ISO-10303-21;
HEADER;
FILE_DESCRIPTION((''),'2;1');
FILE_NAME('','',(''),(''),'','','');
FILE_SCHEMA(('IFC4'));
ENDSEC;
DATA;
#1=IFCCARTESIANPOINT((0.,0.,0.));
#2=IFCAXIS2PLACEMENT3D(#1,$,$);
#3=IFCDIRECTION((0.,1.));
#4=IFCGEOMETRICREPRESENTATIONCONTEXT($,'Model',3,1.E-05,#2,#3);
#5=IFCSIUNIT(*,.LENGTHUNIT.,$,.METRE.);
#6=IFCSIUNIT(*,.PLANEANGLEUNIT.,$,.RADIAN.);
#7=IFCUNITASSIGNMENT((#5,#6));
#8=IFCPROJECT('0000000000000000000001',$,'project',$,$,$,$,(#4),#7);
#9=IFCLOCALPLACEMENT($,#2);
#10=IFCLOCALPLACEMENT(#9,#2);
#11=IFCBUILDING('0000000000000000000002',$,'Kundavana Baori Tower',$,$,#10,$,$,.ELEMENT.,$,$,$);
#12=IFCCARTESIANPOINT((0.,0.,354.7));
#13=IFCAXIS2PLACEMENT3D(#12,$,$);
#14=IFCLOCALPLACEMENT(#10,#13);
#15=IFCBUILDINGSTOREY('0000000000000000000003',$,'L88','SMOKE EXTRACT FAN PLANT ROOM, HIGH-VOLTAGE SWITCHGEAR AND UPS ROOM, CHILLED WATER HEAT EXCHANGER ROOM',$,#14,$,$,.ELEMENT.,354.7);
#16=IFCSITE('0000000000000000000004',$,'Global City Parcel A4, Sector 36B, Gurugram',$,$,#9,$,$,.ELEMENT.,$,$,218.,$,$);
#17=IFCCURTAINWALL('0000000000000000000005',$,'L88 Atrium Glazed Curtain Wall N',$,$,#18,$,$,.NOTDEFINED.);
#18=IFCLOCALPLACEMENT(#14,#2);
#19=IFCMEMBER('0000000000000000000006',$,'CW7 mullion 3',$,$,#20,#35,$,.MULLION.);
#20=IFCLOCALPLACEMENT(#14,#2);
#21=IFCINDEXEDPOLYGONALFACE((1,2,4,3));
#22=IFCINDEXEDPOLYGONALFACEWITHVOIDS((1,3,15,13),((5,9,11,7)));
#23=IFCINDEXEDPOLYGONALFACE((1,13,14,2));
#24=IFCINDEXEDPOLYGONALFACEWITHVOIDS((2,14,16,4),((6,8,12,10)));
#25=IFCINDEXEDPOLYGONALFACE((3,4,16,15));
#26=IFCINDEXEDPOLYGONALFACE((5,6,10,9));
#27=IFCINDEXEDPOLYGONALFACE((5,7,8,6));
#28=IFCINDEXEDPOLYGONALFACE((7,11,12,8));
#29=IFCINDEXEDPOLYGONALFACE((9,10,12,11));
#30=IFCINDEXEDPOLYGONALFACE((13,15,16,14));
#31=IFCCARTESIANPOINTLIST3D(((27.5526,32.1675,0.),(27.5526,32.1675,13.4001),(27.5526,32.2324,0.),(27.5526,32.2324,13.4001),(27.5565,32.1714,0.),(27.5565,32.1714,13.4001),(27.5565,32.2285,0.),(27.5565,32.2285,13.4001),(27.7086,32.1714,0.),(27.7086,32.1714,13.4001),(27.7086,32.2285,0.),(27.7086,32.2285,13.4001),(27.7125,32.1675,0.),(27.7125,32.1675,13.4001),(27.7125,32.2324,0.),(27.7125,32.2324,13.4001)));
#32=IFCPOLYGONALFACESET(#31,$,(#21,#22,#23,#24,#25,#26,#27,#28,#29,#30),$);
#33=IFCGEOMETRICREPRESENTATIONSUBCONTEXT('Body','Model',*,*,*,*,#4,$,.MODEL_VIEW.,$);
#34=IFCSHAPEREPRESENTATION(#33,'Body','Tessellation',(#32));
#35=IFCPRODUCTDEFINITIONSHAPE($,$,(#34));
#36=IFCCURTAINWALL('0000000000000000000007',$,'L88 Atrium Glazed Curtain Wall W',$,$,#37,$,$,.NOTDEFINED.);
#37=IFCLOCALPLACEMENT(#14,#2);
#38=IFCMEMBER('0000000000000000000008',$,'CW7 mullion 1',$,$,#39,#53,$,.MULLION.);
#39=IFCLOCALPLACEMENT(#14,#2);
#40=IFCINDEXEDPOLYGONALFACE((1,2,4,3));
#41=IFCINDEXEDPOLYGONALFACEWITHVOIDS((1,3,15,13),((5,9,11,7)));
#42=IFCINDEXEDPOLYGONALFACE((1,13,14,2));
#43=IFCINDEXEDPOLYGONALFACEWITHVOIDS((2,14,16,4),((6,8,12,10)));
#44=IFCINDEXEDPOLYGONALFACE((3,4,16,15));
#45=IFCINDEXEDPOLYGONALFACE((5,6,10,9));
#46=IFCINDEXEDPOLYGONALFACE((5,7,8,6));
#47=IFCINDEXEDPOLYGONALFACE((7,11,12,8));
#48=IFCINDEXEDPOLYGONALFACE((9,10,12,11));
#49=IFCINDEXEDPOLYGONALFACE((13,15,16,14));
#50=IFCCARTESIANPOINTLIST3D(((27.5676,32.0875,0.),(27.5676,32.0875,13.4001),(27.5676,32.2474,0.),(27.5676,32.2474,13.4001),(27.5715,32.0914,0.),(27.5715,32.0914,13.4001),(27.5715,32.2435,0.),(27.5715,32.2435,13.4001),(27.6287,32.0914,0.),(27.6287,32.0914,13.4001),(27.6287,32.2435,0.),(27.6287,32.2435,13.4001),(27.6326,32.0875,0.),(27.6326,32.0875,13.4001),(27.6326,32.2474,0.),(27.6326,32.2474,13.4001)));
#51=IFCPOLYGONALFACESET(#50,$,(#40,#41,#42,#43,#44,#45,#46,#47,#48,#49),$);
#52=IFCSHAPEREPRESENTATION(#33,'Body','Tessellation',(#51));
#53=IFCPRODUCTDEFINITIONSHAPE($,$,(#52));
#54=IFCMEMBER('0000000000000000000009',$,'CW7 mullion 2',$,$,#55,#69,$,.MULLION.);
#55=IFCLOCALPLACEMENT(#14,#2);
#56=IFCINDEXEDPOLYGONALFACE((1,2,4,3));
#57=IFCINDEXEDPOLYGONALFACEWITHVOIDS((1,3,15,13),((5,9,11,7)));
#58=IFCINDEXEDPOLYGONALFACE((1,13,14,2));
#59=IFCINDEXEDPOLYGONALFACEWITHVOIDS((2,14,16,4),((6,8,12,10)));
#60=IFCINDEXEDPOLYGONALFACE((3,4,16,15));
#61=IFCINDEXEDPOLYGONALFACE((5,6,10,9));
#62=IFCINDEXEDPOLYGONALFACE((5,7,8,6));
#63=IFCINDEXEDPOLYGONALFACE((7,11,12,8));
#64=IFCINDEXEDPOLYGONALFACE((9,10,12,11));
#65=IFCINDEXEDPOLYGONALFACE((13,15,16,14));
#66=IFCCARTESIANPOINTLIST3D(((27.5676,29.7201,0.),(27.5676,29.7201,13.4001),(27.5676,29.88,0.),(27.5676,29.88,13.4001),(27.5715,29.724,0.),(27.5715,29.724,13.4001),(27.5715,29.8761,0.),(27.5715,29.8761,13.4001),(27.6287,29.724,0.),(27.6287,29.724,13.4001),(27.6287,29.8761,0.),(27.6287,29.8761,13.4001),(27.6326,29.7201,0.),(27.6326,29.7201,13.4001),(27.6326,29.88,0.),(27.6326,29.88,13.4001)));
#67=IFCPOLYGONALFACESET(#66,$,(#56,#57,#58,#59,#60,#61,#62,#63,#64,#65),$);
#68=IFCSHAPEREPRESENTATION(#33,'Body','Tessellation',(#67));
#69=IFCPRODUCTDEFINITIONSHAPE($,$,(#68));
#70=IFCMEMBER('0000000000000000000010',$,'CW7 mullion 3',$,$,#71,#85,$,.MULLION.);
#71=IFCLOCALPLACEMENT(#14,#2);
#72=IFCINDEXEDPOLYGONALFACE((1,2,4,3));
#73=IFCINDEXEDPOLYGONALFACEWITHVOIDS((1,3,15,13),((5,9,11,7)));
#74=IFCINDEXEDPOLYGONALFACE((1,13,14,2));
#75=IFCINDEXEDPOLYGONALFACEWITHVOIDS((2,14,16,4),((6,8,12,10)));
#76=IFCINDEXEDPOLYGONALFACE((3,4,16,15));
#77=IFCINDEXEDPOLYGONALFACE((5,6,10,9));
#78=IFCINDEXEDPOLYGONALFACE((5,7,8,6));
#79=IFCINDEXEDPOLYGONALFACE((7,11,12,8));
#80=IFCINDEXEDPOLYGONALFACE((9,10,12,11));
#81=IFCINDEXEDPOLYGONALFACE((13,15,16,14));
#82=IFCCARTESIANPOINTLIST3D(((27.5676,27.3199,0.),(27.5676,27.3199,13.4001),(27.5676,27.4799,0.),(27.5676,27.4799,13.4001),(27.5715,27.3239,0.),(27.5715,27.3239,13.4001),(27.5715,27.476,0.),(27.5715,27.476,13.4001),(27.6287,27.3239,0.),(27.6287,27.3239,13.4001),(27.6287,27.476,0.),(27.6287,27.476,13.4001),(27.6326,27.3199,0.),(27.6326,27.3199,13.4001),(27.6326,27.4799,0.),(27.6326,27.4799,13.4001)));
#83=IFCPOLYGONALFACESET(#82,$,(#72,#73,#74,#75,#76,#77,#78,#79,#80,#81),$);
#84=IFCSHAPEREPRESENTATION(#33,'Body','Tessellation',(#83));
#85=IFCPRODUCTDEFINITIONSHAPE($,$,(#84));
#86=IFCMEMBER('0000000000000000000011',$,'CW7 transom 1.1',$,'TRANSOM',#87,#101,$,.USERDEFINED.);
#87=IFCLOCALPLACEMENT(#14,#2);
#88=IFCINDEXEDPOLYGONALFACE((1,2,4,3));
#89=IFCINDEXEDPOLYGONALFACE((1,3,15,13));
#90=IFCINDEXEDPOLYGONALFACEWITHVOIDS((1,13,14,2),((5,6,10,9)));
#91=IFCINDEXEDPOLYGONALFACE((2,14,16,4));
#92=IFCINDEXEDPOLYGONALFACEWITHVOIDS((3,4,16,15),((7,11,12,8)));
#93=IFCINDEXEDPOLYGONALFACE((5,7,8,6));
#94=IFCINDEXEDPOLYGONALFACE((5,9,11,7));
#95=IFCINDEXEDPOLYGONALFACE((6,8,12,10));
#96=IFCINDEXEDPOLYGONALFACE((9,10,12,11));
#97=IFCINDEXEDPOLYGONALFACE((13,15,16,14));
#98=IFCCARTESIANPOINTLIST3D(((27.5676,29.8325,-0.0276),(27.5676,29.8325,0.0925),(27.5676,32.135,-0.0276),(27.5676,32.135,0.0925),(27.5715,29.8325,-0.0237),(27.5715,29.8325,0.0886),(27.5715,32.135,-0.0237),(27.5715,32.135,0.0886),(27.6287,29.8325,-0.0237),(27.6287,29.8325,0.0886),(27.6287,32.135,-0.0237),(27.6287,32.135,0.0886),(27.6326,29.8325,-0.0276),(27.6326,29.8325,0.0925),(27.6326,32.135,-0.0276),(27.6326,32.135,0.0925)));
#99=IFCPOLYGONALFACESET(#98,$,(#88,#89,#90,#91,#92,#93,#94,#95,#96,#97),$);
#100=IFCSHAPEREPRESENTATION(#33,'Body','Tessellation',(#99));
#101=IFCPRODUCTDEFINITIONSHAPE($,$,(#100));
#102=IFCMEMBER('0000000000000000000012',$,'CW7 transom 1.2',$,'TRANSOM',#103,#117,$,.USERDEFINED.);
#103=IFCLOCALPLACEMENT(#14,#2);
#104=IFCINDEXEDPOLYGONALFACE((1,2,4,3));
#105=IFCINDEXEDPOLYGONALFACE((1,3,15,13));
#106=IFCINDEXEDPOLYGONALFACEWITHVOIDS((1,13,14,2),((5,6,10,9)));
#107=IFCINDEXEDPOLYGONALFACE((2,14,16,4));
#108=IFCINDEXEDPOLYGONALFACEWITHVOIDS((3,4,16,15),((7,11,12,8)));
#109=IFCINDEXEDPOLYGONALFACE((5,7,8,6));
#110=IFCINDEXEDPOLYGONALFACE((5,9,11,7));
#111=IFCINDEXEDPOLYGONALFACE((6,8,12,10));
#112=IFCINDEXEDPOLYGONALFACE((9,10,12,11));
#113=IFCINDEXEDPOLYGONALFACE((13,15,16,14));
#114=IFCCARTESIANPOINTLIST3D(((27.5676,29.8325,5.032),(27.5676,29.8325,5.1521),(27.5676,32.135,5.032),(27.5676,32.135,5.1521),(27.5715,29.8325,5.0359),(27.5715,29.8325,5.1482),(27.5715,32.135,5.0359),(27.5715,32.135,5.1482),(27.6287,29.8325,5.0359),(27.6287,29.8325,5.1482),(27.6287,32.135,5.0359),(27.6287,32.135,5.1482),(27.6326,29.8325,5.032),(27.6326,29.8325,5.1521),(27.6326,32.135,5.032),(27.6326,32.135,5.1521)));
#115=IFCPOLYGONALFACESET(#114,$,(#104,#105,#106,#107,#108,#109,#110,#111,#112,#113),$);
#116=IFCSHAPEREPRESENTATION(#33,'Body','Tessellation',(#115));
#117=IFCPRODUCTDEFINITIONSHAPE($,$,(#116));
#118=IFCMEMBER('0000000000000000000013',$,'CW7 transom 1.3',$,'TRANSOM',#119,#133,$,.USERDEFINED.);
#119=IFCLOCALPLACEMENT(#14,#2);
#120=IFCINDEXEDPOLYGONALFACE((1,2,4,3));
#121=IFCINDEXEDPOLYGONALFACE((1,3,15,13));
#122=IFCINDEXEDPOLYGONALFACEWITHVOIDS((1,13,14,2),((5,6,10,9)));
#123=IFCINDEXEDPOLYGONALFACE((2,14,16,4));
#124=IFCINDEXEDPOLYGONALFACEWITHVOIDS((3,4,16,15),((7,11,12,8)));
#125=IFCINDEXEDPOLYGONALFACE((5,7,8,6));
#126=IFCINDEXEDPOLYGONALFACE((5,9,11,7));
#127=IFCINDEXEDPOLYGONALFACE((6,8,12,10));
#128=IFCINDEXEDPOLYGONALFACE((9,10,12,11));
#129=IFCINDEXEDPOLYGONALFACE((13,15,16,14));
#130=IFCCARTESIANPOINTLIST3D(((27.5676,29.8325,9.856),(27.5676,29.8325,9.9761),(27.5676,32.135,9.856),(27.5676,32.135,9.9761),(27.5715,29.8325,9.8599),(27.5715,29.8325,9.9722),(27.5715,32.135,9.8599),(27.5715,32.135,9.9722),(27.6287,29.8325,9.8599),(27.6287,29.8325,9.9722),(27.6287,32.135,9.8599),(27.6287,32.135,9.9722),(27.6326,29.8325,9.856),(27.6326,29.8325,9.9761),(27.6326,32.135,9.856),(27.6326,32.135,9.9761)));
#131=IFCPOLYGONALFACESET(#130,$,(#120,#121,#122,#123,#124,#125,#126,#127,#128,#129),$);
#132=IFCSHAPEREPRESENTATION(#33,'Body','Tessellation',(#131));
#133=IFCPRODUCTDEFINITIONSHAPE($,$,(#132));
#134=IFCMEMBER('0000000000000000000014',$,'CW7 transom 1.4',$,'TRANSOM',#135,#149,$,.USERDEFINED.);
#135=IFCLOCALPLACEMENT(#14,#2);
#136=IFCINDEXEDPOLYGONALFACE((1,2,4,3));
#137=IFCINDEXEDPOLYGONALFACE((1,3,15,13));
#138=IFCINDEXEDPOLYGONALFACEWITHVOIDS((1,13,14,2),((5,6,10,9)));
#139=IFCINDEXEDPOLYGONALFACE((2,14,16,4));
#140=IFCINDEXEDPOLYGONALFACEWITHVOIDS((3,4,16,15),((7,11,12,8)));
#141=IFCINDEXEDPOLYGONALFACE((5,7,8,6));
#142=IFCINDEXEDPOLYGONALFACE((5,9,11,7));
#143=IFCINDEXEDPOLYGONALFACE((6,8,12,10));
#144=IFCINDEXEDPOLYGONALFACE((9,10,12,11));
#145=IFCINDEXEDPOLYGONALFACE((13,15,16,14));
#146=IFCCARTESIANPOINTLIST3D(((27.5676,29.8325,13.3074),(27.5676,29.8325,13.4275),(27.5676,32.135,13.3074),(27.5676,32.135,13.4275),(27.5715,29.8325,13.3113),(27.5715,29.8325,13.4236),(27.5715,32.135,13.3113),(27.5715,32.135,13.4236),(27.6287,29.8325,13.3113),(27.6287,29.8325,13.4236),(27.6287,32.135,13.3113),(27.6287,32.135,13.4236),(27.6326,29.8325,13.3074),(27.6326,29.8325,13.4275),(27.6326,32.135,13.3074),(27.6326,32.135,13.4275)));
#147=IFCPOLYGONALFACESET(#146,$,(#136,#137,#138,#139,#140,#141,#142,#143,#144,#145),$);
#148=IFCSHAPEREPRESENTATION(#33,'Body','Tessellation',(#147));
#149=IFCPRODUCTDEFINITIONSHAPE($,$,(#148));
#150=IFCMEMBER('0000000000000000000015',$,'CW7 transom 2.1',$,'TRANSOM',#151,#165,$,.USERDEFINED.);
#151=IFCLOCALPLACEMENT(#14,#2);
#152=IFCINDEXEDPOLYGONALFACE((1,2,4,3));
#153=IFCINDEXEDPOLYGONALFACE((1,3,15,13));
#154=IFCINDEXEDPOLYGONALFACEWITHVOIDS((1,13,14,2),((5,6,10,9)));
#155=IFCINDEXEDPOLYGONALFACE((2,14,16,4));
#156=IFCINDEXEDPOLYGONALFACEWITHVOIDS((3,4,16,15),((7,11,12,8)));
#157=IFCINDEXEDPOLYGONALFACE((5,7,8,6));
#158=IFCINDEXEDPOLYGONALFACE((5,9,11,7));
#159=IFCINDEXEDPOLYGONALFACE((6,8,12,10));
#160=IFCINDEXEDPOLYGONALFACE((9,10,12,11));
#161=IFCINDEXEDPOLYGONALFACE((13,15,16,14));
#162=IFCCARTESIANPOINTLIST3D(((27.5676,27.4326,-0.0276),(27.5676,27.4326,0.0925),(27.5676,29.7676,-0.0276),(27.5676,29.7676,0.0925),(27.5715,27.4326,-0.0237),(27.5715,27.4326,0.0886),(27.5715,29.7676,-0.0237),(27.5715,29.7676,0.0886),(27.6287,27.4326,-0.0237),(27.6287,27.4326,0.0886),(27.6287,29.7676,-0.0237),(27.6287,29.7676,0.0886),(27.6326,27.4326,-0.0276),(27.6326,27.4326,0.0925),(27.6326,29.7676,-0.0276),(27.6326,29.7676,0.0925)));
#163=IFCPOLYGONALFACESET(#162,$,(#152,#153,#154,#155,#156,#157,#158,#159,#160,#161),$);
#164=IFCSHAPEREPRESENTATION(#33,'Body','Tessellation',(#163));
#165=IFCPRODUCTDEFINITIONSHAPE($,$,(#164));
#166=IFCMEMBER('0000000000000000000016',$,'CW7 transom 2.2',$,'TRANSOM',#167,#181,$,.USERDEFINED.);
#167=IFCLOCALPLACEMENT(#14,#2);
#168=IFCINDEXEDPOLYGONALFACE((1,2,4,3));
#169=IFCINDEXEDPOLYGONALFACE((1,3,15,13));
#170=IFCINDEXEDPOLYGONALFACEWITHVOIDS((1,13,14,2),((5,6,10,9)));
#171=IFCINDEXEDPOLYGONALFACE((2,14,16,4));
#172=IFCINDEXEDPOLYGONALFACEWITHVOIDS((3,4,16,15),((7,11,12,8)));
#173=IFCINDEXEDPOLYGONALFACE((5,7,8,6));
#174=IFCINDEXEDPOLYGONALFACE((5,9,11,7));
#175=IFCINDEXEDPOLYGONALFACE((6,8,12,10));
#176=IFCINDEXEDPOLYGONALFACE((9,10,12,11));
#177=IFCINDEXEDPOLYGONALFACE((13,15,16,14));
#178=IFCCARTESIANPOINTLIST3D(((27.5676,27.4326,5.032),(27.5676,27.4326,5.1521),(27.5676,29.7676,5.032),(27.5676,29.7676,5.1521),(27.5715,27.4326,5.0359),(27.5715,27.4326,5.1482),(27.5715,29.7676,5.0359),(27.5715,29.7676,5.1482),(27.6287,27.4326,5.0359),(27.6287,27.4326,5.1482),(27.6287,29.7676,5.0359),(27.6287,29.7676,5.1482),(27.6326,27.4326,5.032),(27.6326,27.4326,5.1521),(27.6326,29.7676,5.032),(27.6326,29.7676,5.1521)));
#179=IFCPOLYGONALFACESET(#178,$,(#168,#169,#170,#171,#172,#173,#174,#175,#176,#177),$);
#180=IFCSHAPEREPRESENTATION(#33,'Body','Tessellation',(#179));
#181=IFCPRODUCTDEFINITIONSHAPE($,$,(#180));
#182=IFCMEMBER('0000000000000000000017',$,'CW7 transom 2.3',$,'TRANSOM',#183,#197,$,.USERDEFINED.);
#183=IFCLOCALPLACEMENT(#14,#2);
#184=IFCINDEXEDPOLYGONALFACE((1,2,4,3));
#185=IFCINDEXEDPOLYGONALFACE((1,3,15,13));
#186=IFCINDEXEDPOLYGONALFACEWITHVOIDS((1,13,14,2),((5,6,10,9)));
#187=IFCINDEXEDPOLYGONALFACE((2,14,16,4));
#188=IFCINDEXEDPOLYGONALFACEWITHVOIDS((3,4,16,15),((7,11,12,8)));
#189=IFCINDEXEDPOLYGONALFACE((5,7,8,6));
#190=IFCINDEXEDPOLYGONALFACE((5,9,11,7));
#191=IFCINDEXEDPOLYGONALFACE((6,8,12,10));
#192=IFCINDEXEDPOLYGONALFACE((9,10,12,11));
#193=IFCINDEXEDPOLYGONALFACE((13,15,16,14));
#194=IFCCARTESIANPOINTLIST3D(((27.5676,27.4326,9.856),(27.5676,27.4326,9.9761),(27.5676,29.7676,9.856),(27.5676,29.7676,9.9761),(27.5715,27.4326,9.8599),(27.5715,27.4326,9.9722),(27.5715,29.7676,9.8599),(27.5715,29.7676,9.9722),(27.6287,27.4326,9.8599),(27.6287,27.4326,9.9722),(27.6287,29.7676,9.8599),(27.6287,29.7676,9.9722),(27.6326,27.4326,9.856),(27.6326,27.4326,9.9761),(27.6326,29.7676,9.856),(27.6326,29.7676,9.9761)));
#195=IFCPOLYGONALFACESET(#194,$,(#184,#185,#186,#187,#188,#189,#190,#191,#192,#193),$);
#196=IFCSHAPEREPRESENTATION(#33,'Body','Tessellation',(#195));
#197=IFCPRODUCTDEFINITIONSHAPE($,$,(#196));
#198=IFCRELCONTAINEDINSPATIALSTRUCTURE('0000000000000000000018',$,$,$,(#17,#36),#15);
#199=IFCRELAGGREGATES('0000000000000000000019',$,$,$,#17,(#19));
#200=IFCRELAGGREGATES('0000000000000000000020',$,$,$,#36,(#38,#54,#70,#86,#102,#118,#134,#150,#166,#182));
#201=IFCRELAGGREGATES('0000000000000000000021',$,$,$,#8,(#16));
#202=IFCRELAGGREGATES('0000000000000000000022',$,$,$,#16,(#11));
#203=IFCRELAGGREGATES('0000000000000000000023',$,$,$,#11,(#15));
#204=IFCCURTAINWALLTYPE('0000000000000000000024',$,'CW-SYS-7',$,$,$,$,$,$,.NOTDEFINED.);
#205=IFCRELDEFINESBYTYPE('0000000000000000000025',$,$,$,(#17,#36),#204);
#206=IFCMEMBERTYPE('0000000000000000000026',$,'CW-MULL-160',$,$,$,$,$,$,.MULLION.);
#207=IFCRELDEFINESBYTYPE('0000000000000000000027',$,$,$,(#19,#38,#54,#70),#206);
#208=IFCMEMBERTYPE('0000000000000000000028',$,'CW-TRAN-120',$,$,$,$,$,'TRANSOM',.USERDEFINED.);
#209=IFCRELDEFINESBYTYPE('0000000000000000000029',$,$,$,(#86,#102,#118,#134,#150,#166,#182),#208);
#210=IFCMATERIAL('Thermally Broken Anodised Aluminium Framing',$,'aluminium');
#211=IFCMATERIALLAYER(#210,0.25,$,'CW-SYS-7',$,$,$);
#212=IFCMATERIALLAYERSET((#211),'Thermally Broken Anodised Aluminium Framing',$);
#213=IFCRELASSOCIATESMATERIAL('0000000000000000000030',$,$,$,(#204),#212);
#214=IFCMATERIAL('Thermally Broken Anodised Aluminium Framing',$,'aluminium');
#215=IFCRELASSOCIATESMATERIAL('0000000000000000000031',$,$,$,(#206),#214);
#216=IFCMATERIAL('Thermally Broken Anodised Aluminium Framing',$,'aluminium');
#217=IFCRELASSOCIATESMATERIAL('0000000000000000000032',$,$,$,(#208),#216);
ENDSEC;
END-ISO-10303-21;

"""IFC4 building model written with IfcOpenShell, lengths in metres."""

from ifc_helpers import new_model, si_unit, direction, frame, origin, origin_2d, place, context, subcontext, project, spatial, hollow_rectangle, extrude, material, layer, layer_set, material_profile, profile_set, type_object, element, aggregate, save


model = new_model("IFC4")

# Units and contexts
model_context = context("Model", 3, precision=1e-05, world=origin(), true_north=direction((0.0, 1.0)))
body_context = subcontext(model_context, "Body", "Model", "MODEL_VIEW")
ifc_project = project(units=[si_unit("LENGTHUNIT", "METRE"), si_unit("PLANEANGLEUNIT", "RADIAN")], contexts=[model_context])

# Site, building, storey
site_placement = place(None, origin())
site = spatial("IfcSite", under=ifc_project, at=site_placement, Name="Global City Parcel A4, Sector 36B, Gurugram", CompositionType="ELEMENT", RefElevation=218.0)
building_placement = place(site_placement, origin())
building = spatial("IfcBuilding", under=site, at=building_placement, Name="Kundavana Baori Tower", CompositionType="ELEMENT")
storey_placement = place(building_placement, frame((0.0, 0.0, 354.7)))
storey = spatial("IfcBuildingStorey", under=building, at=storey_placement, Name="L88", Description="SMOKE EXTRACT FAN PLANT ROOM, HIGH-VOLTAGE SWITCHGEAR AND UPS ROOM, CHILLED WATER HEAT EXCHANGER ROOM", CompositionType="ELEMENT", Elevation=354.7)

# Curtain wall, member
ifc_material_1 = material(Name="Thermally Broken Anodised Aluminium Framing", Category="aluminium")
ifc_layer_1 = layer(ifc_material_1, 0.25, Name="CW-SYS-7")
ifc_layer_set_1 = layer_set([ifc_layer_1], Name="Thermally Broken Anodised Aluminium Framing")
curtain_wall_type = type_object("IfcCurtainWallType", Name="CW-SYS-7", PredefinedType="NOTDEFINED", material=ifc_layer_set_1)
curtain_wall_1_placement = place(storey_placement, origin())
curtain_wall_1 = element("IfcCurtainWall", 1, at=curtain_wall_1_placement, inside=storey, type_object=curtain_wall_type, Name="L88 Atrium Glazed Curtain Wall N", PredefinedType="NOTDEFINED")
ifc_material_2 = material(Name="Thermally Broken Anodised Aluminium Framing", Category="aluminium")
ifc_material_profile_1 = material_profile(ifc_material_2, hollow_rectangle(XDim=0.0649, YDim=0.1599, WallThickness=0.0039, at=origin_2d()), Name="CW-MULL-160")
ifc_profile_set_1 = profile_set([ifc_material_profile_1], Name="Thermally Broken Anodised Aluminium Framing")
member_type_1 = type_object("IfcMemberType", Name="CW-MULL-160", PredefinedType="MULLION", material=ifc_profile_set_1)
member_1_placement = place(storey_placement, frame((27.6326, 32.2, 0.0), z_axis=(0.0, 0.0, 1.0), x_axis=(0.0, -1.0, 0.0)))
member_1 = element("IfcMember", 2, at=member_1_placement, type_object=member_type_1, Name="CW7 mullion 3", PredefinedType="MULLION", context=body_context, shape_type="SweptSolid", body=[
    extrude(hollow_rectangle(XDim=0.0649, YDim=0.1599, WallThickness=0.0039, at=origin_2d()), origin(), (0.0, 0.0, 1.0), 13.4001),
])
aggregate(curtain_wall_1, [member_1])

# Curtain wall, members
curtain_wall_2_placement = place(storey_placement, origin())
curtain_wall_2 = element("IfcCurtainWall", 3, at=curtain_wall_2_placement, inside=storey, type_object=curtain_wall_type, Name="L88 Atrium Glazed Curtain Wall W", PredefinedType="NOTDEFINED")
member_2_placement = place(storey_placement, frame((27.6001, 32.1675, 0.0), z_axis=(0.0, 0.0, 1.0), x_axis=(1.0, 0.0, 0.0)))
member_2 = element("IfcMember", 4, at=member_2_placement, type_object=member_type_1, Name="CW7 mullion 1", PredefinedType="MULLION", context=body_context, shape_type="SweptSolid", body=[
    extrude(hollow_rectangle(XDim=0.0649, YDim=0.1599, WallThickness=0.0039, at=origin_2d()), origin(), (0.0, 0.0, 1.0), 13.4001),
])
member_3_placement = place(storey_placement, frame((27.6001, 29.8, 0.0), z_axis=(0.0, 0.0, 1.0), x_axis=(1.0, 0.0, 0.0)))
member_3 = element("IfcMember", 5, at=member_3_placement, type_object=member_type_1, Name="CW7 mullion 2", PredefinedType="MULLION", context=body_context, shape_type="SweptSolid", body=[
    extrude(hollow_rectangle(XDim=0.0649, YDim=0.1599, WallThickness=0.0039, at=origin_2d()), origin(), (0.0, 0.0, 1.0), 13.4001),
])
member_4_placement = place(storey_placement, frame((27.6001, 27.3999, 0.0), z_axis=(0.0, 0.0, 1.0), x_axis=(1.0, 0.0, 0.0)))
member_4 = element("IfcMember", 6, at=member_4_placement, type_object=member_type_1, Name="CW7 mullion 3", PredefinedType="MULLION", context=body_context, shape_type="SweptSolid", body=[
    extrude(hollow_rectangle(XDim=0.0649, YDim=0.1599, WallThickness=0.0039, at=origin_2d()), origin(), (0.0, 0.0, 1.0), 13.4001),
])
ifc_material_3 = material(Name="Thermally Broken Anodised Aluminium Framing", Category="aluminium")
ifc_material_profile_2 = material_profile(ifc_material_3, hollow_rectangle(XDim=0.0649, YDim=0.1201, WallThickness=0.0039, at=origin_2d()), Name="CW-TRAN-120")
ifc_profile_set_2 = profile_set([ifc_material_profile_2], Name="Thermally Broken Anodised Aluminium Framing")
member_type_2 = type_object("IfcMemberType", Name="CW-TRAN-120", ElementType="TRANSOM", PredefinedType="USERDEFINED", material=ifc_profile_set_2)
member_5_placement = place(storey_placement, frame((27.6001, 32.135, 0.0325), z_axis=(0.0, -1.0, 0.0), x_axis=(1.0, 0.0, 0.0)))
member_5 = element("IfcMember", 7, at=member_5_placement, type_object=member_type_2, Name="CW7 transom 1.1", ObjectType="TRANSOM", PredefinedType="USERDEFINED", context=body_context, shape_type="SweptSolid", body=[
    extrude(hollow_rectangle(XDim=0.0649, YDim=0.1201, WallThickness=0.0039, at=origin_2d()), origin(), (0.0, 0.0, 1.0), 2.3025),
])
member_6_placement = place(storey_placement, frame((27.6001, 32.135, 5.092), z_axis=(0.0, -1.0, 0.0), x_axis=(1.0, 0.0, 0.0)))
member_6 = element("IfcMember", 8, at=member_6_placement, type_object=member_type_2, Name="CW7 transom 1.2", ObjectType="TRANSOM", PredefinedType="USERDEFINED", context=body_context, shape_type="SweptSolid", body=[
    extrude(hollow_rectangle(XDim=0.0649, YDim=0.1201, WallThickness=0.0039, at=origin_2d()), origin(), (0.0, 0.0, 1.0), 2.3025),
])
member_7_placement = place(storey_placement, frame((27.6001, 32.135, 9.916), z_axis=(0.0, -1.0, 0.0), x_axis=(1.0, 0.0, 0.0)))
member_7 = element("IfcMember", 9, at=member_7_placement, type_object=member_type_2, Name="CW7 transom 1.3", ObjectType="TRANSOM", PredefinedType="USERDEFINED", context=body_context, shape_type="SweptSolid", body=[
    extrude(hollow_rectangle(XDim=0.0649, YDim=0.1201, WallThickness=0.0039, at=origin_2d()), origin(), (0.0, 0.0, 1.0), 2.3025),
])
member_8_placement = place(storey_placement, frame((27.6001, 32.135, 13.3674), z_axis=(0.0, -1.0, 0.0), x_axis=(1.0, 0.0, 0.0)))
member_8 = element("IfcMember", 10, at=member_8_placement, type_object=member_type_2, Name="CW7 transom 1.4", ObjectType="TRANSOM", PredefinedType="USERDEFINED", context=body_context, shape_type="SweptSolid", body=[
    extrude(hollow_rectangle(XDim=0.0649, YDim=0.1201, WallThickness=0.0039, at=origin_2d()), origin(), (0.0, 0.0, 1.0), 2.3025),
])
member_9_placement = place(storey_placement, frame((27.6001, 29.7676, 0.0325), z_axis=(0.0, -1.0, 0.0), x_axis=(1.0, 0.0, 0.0)))
member_9 = element("IfcMember", 11, at=member_9_placement, type_object=member_type_2, Name="CW7 transom 2.1", ObjectType="TRANSOM", PredefinedType="USERDEFINED", context=body_context, shape_type="SweptSolid", body=[
    extrude(hollow_rectangle(XDim=0.0649, YDim=0.1201, WallThickness=0.0039, at=origin_2d()), origin(), (0.0, 0.0, 1.0), 2.335),
])
member_10_placement = place(storey_placement, frame((27.6001, 29.7676, 5.092), z_axis=(0.0, -1.0, 0.0), x_axis=(1.0, 0.0, 0.0)))
member_10 = element("IfcMember", 12, at=member_10_placement, type_object=member_type_2, Name="CW7 transom 2.2", ObjectType="TRANSOM", PredefinedType="USERDEFINED", context=body_context, shape_type="SweptSolid", body=[
    extrude(hollow_rectangle(XDim=0.0649, YDim=0.1201, WallThickness=0.0039, at=origin_2d()), origin(), (0.0, 0.0, 1.0), 2.335),
])
member_11_placement = place(storey_placement, frame((27.6001, 29.7676, 9.916), z_axis=(0.0, -1.0, 0.0), x_axis=(1.0, 0.0, 0.0)))
member_11 = element("IfcMember", 13, at=member_11_placement, type_object=member_type_2, Name="CW7 transom 2.3", ObjectType="TRANSOM", PredefinedType="USERDEFINED", context=body_context, shape_type="SweptSolid", body=[
    extrude(hollow_rectangle(XDim=0.0649, YDim=0.1201, WallThickness=0.0039, at=origin_2d()), origin(), (0.0, 0.0, 1.0), 2.335),
])

aggregate(curtain_wall_2, [member_2, member_3, member_4, member_5, member_6, member_7, member_8, member_9, member_10, member_11])

save(model, "model.ifc")
